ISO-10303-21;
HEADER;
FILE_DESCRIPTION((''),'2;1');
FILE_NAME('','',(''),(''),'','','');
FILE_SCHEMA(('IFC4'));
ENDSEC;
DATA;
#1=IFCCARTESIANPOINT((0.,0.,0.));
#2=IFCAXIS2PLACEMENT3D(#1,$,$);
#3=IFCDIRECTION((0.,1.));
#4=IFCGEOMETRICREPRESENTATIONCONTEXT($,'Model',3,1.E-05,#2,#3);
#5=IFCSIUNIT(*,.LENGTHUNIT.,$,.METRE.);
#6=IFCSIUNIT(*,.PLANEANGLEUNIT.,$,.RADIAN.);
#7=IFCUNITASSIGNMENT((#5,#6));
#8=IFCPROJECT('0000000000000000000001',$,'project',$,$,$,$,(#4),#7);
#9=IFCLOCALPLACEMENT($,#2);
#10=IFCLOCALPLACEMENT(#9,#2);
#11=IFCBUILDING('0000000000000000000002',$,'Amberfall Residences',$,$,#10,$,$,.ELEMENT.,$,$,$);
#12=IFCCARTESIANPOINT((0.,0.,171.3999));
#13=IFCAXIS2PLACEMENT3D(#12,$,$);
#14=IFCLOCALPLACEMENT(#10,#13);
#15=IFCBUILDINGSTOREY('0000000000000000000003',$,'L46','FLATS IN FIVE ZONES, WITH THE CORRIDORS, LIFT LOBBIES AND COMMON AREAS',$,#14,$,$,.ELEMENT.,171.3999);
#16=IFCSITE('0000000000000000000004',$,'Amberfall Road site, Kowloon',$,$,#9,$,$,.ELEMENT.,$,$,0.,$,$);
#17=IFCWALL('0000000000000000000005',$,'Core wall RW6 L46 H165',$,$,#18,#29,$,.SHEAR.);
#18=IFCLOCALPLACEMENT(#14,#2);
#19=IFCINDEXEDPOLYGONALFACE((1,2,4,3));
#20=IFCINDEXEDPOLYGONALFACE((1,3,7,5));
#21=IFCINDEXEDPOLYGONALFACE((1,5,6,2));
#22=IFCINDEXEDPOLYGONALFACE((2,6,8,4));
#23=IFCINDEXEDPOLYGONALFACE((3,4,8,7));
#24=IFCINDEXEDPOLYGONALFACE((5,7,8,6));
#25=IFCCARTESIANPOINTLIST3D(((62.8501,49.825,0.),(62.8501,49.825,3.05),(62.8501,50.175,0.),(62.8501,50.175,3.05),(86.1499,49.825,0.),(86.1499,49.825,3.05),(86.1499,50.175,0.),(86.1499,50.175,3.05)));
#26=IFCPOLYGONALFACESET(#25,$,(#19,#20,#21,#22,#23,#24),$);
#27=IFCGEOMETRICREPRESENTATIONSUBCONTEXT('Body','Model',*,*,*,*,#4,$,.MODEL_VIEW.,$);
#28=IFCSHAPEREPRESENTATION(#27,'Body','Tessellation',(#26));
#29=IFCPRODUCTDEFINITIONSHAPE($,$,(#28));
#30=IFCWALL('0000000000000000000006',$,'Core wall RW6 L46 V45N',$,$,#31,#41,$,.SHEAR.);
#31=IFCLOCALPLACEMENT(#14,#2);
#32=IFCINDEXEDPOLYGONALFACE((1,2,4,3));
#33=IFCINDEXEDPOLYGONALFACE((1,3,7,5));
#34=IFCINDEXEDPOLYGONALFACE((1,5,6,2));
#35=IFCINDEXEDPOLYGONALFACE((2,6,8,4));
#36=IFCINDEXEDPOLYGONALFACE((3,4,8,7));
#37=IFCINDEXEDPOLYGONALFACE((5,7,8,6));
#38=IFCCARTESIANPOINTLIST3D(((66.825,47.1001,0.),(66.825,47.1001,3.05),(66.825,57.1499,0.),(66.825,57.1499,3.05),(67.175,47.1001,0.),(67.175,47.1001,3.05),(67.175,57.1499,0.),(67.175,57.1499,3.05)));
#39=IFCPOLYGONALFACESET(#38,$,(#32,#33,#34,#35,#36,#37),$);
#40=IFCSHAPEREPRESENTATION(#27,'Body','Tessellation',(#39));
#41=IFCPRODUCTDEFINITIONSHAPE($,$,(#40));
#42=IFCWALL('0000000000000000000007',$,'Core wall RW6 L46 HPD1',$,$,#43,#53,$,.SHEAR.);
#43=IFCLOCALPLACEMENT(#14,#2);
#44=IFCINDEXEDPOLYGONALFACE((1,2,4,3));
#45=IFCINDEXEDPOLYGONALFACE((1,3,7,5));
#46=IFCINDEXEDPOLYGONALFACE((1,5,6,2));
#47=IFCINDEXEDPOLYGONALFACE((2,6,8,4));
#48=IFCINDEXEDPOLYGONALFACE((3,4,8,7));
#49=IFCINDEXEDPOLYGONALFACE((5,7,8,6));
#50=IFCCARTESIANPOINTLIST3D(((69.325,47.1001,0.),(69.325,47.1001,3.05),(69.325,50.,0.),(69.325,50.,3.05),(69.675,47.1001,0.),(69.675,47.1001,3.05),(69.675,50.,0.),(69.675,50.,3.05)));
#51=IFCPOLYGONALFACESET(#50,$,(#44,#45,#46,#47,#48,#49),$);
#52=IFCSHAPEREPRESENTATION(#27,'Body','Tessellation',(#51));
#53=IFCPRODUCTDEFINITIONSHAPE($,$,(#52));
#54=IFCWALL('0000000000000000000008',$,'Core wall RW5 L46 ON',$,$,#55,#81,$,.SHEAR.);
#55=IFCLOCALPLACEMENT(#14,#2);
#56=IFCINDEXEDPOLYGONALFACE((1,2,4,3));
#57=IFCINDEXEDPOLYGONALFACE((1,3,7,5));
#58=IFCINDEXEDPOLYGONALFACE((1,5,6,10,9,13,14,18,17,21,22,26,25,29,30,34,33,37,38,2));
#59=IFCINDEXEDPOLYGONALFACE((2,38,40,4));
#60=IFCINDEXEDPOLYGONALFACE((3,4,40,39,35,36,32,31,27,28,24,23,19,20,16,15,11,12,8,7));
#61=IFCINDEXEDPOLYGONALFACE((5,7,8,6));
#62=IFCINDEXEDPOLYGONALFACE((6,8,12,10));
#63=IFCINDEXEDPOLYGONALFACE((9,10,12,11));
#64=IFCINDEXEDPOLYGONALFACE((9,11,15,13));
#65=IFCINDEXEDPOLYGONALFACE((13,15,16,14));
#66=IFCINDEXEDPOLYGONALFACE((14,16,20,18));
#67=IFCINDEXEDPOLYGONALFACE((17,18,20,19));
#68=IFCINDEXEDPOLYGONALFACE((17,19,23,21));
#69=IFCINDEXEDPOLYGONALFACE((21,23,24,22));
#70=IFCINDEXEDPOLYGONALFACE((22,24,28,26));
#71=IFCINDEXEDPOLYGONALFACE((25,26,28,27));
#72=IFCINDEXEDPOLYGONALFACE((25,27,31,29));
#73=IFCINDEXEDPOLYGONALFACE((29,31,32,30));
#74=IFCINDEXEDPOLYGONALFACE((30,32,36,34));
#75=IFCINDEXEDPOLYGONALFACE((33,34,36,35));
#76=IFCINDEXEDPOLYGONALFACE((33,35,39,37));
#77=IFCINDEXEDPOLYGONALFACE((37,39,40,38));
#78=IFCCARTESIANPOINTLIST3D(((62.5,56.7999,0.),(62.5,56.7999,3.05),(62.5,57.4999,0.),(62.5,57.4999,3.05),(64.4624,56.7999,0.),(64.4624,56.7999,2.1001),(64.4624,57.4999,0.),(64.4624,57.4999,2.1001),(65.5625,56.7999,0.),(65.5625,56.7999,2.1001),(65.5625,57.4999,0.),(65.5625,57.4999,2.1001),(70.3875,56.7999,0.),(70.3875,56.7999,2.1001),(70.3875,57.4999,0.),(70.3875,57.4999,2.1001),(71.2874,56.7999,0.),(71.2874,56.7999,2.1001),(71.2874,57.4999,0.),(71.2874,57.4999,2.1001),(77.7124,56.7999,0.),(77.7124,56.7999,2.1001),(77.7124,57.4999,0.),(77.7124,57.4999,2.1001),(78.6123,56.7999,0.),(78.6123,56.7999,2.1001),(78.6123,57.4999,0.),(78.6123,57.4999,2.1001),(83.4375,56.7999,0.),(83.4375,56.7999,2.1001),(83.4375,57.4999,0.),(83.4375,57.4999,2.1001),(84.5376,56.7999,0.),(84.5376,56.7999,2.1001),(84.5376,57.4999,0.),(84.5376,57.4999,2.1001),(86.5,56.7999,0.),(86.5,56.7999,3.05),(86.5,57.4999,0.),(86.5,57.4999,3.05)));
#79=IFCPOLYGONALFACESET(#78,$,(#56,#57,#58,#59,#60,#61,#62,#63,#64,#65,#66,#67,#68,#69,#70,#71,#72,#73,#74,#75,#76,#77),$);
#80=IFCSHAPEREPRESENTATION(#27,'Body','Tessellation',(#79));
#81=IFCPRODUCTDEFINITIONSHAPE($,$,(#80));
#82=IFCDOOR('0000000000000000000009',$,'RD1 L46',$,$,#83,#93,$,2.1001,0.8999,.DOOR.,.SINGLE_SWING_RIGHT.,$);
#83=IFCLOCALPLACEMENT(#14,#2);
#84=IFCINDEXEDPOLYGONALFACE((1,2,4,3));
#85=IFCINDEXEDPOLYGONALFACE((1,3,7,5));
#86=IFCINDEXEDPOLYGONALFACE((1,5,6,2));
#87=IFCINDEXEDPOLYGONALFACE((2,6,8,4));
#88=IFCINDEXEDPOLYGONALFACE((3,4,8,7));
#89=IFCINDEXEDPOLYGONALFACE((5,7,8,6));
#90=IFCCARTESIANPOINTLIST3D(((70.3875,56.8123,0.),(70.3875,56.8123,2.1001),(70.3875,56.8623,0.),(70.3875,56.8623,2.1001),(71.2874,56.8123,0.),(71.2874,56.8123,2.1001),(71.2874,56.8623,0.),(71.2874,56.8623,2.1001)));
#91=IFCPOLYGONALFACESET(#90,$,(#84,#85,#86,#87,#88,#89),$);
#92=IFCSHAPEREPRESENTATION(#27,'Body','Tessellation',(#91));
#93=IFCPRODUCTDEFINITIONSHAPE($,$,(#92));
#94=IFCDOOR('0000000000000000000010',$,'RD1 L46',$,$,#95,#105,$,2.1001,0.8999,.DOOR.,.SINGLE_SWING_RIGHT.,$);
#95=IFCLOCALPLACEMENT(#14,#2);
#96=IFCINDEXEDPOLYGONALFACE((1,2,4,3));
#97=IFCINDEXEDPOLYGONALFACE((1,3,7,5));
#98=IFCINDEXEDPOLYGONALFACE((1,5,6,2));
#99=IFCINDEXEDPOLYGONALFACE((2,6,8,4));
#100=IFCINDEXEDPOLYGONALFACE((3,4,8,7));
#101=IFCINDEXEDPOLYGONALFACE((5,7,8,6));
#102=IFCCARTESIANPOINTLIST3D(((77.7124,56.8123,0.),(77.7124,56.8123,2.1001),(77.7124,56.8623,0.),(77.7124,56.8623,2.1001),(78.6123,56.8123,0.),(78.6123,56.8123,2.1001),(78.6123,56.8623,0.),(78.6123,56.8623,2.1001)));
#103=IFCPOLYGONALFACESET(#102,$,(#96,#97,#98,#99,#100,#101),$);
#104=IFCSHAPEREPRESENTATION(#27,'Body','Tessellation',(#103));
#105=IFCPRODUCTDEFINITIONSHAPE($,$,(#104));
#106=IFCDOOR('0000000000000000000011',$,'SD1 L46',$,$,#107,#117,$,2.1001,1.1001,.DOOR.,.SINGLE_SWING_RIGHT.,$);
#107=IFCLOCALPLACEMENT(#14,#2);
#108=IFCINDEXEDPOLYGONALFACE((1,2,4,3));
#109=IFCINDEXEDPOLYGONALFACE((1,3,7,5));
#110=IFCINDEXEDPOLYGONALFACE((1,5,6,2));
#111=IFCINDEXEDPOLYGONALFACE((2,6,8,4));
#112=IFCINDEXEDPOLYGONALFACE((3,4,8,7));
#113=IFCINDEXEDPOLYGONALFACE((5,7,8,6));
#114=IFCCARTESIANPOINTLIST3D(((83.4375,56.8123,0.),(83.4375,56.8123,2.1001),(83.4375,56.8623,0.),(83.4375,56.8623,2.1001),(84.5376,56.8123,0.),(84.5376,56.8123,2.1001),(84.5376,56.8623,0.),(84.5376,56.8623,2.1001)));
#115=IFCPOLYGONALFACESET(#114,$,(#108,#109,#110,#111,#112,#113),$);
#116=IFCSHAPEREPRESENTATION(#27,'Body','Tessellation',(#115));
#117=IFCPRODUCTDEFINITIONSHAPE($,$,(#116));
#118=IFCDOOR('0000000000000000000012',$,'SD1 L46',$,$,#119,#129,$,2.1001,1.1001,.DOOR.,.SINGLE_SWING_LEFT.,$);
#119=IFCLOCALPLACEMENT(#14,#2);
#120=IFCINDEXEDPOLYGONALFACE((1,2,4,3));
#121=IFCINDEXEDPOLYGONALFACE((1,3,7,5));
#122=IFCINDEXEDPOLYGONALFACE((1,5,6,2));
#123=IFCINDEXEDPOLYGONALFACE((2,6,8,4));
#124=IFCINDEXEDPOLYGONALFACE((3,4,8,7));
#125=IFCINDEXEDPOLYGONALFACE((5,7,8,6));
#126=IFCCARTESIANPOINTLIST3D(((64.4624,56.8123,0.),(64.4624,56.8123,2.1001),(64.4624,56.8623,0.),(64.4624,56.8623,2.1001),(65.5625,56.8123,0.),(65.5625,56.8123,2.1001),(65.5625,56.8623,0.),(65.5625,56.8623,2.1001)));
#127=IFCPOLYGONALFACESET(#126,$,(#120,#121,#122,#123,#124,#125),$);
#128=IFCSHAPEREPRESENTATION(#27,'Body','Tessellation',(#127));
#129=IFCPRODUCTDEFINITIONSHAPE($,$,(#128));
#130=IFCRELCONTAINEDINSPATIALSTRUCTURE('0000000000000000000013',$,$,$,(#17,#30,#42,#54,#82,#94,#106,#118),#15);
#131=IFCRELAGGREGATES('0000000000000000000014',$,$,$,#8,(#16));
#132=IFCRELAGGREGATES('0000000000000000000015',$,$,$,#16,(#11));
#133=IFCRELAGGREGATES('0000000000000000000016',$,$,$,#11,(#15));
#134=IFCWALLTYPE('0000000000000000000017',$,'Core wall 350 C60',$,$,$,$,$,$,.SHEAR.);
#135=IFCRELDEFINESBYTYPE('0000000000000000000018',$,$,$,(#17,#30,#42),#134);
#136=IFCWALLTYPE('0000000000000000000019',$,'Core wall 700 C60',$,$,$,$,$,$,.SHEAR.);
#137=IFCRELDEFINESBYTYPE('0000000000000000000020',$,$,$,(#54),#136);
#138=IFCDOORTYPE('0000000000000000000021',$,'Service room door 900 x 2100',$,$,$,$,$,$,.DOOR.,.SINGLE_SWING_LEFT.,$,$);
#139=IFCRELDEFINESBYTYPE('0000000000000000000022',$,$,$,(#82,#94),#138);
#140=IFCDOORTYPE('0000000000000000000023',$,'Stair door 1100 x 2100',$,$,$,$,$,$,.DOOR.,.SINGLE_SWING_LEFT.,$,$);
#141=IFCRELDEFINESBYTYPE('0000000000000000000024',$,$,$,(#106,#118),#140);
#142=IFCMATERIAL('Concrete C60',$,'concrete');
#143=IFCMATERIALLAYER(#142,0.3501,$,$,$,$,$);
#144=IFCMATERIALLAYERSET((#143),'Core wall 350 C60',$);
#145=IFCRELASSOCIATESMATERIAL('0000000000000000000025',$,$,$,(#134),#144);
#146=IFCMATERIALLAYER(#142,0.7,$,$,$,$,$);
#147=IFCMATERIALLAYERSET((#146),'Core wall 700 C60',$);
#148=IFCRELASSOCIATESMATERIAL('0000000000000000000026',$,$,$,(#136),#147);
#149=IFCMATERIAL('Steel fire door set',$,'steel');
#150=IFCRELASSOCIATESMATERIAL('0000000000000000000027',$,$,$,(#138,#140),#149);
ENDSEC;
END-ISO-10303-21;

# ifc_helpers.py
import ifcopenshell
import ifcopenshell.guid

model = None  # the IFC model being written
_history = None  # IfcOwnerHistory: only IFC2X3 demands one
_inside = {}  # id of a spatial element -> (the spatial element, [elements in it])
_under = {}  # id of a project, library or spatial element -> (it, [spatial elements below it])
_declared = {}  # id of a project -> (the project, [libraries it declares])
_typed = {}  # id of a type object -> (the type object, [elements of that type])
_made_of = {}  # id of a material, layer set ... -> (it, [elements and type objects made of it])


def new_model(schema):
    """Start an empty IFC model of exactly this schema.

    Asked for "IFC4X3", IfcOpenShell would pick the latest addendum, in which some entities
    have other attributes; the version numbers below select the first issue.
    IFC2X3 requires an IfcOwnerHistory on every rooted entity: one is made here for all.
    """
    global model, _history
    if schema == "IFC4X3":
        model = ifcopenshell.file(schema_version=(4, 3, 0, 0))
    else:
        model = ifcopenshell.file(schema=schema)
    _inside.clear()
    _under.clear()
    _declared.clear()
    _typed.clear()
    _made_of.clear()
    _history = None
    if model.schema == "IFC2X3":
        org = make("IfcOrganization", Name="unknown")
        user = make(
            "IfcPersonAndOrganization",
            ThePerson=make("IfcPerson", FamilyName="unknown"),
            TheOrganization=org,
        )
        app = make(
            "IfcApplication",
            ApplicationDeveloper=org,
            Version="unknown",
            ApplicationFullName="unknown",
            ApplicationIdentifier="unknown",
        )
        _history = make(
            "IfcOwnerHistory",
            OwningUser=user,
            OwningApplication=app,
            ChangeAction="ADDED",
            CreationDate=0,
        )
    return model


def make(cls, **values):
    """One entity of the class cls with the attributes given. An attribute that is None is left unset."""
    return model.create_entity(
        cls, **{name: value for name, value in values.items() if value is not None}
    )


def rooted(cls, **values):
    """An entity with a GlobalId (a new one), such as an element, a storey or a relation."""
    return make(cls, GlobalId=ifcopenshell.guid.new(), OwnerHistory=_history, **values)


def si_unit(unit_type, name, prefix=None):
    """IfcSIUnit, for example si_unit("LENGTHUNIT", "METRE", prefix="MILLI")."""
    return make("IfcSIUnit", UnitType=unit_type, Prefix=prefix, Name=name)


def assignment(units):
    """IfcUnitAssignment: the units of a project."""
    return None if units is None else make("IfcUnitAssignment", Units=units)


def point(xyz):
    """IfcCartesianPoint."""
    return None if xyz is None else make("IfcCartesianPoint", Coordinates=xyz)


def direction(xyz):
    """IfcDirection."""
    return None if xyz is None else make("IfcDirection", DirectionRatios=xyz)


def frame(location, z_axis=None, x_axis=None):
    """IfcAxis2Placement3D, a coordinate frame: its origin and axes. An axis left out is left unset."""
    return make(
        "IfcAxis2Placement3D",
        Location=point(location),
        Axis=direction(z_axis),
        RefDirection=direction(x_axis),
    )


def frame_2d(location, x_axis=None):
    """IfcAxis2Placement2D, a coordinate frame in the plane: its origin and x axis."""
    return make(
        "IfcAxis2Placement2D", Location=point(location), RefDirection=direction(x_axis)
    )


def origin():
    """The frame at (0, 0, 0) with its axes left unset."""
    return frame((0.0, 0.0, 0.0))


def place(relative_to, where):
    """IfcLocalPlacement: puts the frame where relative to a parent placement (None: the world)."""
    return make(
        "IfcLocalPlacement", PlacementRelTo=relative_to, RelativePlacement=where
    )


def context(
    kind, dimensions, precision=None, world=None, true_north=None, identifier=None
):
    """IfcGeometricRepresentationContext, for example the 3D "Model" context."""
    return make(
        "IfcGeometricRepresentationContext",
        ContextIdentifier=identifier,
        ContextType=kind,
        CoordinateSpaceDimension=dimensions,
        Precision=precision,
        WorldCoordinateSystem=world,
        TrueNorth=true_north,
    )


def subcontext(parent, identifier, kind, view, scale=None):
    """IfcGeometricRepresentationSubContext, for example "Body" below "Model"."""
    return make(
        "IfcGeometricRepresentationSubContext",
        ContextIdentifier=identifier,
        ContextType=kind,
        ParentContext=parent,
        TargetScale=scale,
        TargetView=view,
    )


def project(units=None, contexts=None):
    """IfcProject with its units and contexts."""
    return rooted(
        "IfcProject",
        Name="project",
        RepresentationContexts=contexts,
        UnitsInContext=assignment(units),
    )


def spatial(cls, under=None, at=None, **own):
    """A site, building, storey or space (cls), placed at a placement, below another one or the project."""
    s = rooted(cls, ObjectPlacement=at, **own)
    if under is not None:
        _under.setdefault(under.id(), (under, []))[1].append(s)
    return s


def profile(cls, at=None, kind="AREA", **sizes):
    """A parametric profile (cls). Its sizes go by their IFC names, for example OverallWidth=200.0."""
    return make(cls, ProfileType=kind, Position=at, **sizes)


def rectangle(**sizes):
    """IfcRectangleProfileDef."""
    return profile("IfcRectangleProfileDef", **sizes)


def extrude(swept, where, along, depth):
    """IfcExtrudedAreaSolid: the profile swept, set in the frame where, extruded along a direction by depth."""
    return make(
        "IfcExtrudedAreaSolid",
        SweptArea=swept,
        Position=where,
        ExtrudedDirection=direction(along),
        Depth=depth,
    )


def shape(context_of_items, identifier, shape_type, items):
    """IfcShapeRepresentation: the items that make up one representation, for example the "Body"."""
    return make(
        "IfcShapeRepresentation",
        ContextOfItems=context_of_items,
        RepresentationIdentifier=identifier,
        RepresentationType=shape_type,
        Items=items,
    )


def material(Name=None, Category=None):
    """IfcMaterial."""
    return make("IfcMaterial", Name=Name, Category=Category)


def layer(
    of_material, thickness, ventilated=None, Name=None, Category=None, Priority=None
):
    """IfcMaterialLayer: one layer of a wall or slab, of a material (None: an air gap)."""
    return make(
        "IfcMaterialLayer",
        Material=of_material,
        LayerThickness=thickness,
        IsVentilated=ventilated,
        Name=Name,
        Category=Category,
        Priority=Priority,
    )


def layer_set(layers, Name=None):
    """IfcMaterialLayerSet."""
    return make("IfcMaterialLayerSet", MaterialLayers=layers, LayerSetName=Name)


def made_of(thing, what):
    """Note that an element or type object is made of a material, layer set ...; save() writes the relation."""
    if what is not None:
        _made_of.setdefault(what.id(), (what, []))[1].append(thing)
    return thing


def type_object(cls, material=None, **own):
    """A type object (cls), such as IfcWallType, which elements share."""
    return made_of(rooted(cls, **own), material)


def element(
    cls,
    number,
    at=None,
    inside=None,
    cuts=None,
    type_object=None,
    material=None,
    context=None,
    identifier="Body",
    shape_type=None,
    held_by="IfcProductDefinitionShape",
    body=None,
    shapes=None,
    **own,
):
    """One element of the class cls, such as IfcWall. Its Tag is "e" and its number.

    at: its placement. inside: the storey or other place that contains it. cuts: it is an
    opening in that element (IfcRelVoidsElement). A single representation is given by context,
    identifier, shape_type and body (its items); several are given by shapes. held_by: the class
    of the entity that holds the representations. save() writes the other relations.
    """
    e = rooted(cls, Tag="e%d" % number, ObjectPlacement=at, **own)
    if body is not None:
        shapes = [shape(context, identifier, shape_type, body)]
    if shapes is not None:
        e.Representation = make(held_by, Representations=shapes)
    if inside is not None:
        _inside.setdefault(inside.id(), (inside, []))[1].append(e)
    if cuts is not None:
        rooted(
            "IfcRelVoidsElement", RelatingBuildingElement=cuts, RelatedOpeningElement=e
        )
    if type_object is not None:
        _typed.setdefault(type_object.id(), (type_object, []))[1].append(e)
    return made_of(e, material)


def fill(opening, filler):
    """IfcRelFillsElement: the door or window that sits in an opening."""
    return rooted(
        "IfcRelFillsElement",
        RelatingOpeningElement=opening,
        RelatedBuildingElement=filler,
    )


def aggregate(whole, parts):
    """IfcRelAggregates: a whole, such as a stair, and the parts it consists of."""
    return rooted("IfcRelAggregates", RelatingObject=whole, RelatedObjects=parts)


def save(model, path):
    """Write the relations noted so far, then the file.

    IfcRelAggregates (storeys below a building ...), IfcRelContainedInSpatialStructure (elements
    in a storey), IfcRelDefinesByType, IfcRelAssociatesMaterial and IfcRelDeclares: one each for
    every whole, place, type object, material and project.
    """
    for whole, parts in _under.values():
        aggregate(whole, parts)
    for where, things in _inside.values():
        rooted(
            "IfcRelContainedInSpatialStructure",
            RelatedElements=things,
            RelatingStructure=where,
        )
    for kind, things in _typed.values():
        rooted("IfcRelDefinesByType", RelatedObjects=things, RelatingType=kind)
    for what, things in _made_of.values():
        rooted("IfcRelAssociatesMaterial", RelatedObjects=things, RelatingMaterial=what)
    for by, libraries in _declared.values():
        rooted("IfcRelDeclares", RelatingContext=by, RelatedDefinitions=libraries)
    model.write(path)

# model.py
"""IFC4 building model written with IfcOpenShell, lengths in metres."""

from ifc_helpers import new_model, si_unit, direction, frame, frame_2d, origin, place, context, subcontext, project, spatial, rectangle, extrude, material, layer, layer_set, type_object, element, fill, save


model = new_model("IFC4")

# Units and contexts
model_context = context("Model", 3, precision=1e-05, world=origin(), true_north=direction((0.0, 1.0)))
body_context = subcontext(model_context, "Body", "Model", "MODEL_VIEW")
ifc_project = project(units=[si_unit("LENGTHUNIT", "METRE"), si_unit("PLANEANGLEUNIT", "RADIAN")], contexts=[model_context])

# Site, building, storey
site_placement = place(None, origin())
site = spatial("IfcSite", under=ifc_project, at=site_placement, Name="Amberfall Road site, Kowloon", CompositionType="ELEMENT", RefElevation=0.0)
building_placement = place(site_placement, origin())
building = spatial("IfcBuilding", under=site, at=building_placement, Name="Amberfall Residences", CompositionType="ELEMENT")
storey_placement = place(building_placement, frame((0.0, 0.0, 171.3999)))
storey = spatial("IfcBuildingStorey", under=building, at=storey_placement, Name="L46", Description="FLATS IN FIVE ZONES, WITH THE CORRIDORS, LIFT LOBBIES AND COMMON AREAS", CompositionType="ELEMENT", Elevation=171.3999)

# Walls
ifc_material_1 = material(Name="Concrete C60", Category="concrete")
ifc_layer_1 = layer(ifc_material_1, 0.3501)
ifc_layer_set_1 = layer_set([ifc_layer_1], Name="Core wall 350 C60")
wall_type_1 = type_object("IfcWallType", Name="Core wall 350 C60", PredefinedType="SHEAR", material=ifc_layer_set_1)
wall_1_placement = place(storey_placement, frame((62.8501, 50.0, 0.0), z_axis=(0.0, 0.0, 1.0), x_axis=(1.0, 0.0, 0.0)))
element("IfcWall", 1, at=wall_1_placement, inside=storey, type_object=wall_type_1, Name="Core wall RW6 L46 H165", PredefinedType="SHEAR", context=body_context, shape_type="SweptSolid", body=[
    extrude(rectangle(XDim=23.2998, YDim=0.3501, at=frame_2d((11.6499, 0.0))), origin(), (0.0, 0.0, 1.0), 3.05),
])
wall_2_placement = place(storey_placement, frame((67.0, 47.1001, 0.0), z_axis=(0.0, 0.0, 1.0), x_axis=(0.0, 1.0, 0.0)))
element("IfcWall", 2, at=wall_2_placement, inside=storey, type_object=wall_type_1, Name="Core wall RW6 L46 V45N", PredefinedType="SHEAR", context=body_context, shape_type="SweptSolid", body=[
    extrude(rectangle(XDim=10.0498, YDim=0.3501, at=frame_2d((5.0249, 0.0))), origin(), (0.0, 0.0, 1.0), 3.05),
])
wall_3_placement = place(storey_placement, frame((69.5, 47.1001, 0.0), z_axis=(0.0, 0.0, 1.0), x_axis=(0.0, 1.0, 0.0)))
element("IfcWall", 3, at=wall_3_placement, inside=storey, type_object=wall_type_1, Name="Core wall RW6 L46 HPD1", PredefinedType="SHEAR", context=body_context, shape_type="SweptSolid", body=[
    extrude(rectangle(XDim=2.8999, YDim=0.3501, at=frame_2d((1.45, 0.0))), origin(), (0.0, 0.0, 1.0), 3.05),
])

# Wall, openings, doors
ifc_layer_2 = layer(ifc_material_1, 0.7)
ifc_layer_set_2 = layer_set([ifc_layer_2], Name="Core wall 700 C60")
wall_type_2 = type_object("IfcWallType", Name="Core wall 700 C60", PredefinedType="SHEAR", material=ifc_layer_set_2)
wall_4_placement = place(storey_placement, frame((62.5, 57.1499, 0.0), z_axis=(0.0, 0.0, 1.0), x_axis=(1.0, 0.0, 0.0)))
wall_4 = element("IfcWall", 4, at=wall_4_placement, inside=storey, type_object=wall_type_2, Name="Core wall RW5 L46 ON", PredefinedType="SHEAR", context=body_context, shape_type="SweptSolid", body=[
    extrude(rectangle(XDim=24.0, YDim=0.7, at=frame_2d((12.0, 0.0))), origin(), (0.0, 0.0, 1.0), 3.05),
])
opening_1_placement = place(wall_4_placement, frame((20.9375, 0.0, 0.0)))
opening_1 = element("IfcOpeningElement", 5, at=opening_1_placement, cuts=wall_4, PredefinedType="OPENING", context=body_context, shape_type="SweptSolid", body=[
    extrude(rectangle(XDim=1.1001, YDim=2.1001, at=frame_2d((0.55, 1.05))), frame((0.0, 0.3599, 0.0), z_axis=(0.0, -1.0, 0.0), x_axis=(1.0, 0.0, 0.0)), (0.0, 0.0, 1.0), 0.72),
])
opening_2_placement = place(wall_4_placement, frame((1.9624, 0.0, 0.0)))
opening_2 = element("IfcOpeningElement", 6, at=opening_2_placement, cuts=wall_4, PredefinedType="OPENING", context=body_context, shape_type="SweptSolid", body=[
    extrude(rectangle(XDim=1.1001, YDim=2.1001, at=frame_2d((0.55, 1.05))), frame((0.0, 0.3599, 0.0), z_axis=(0.0, -1.0, 0.0), x_axis=(1.0, 0.0, 0.0)), (0.0, 0.0, 1.0), 0.72),
])
opening_3_placement = place(wall_4_placement, frame((7.8875, 0.0, 0.0)))
opening_3 = element("IfcOpeningElement", 7, at=opening_3_placement, cuts=wall_4, PredefinedType="OPENING", context=body_context, shape_type="SweptSolid", body=[
    extrude(rectangle(XDim=0.8999, YDim=2.1001, at=frame_2d((0.45, 1.05))), frame((0.0, 0.3599, 0.0), z_axis=(0.0, -1.0, 0.0), x_axis=(1.0, 0.0, 0.0)), (0.0, 0.0, 1.0), 0.72),
])
opening_4_placement = place(wall_4_placement, frame((15.2124, 0.0, 0.0)))
opening_4 = element("IfcOpeningElement", 8, at=opening_4_placement, cuts=wall_4, PredefinedType="OPENING", context=body_context, shape_type="SweptSolid", body=[
    extrude(rectangle(XDim=0.8999, YDim=2.1001, at=frame_2d((0.45, 1.05))), frame((0.0, 0.3599, 0.0), z_axis=(0.0, -1.0, 0.0), x_axis=(1.0, 0.0, 0.0)), (0.0, 0.0, 1.0), 0.72),
])
ifc_material_2 = material(Name="Steel fire door set", Category="steel")
door_type_1 = type_object("IfcDoorType", Name="Service room door 900 x 2100", OperationType="SINGLE_SWING_LEFT", PredefinedType="DOOR", material=ifc_material_2)
door_1_placement = place(opening_3_placement, origin())
door_1 = element("IfcDoor", 9, at=door_1_placement, inside=storey, type_object=door_type_1, Name="RD1 L46", OperationType="SINGLE_SWING_RIGHT", OverallHeight=2.1001, OverallWidth=0.8999, PredefinedType="DOOR", context=body_context, shape_type="SweptSolid", body=[
    extrude(rectangle(XDim=0.8999, YDim=2.1001, at=frame_2d((0.45, 1.05))), frame((0.0, -0.2876, 0.0), z_axis=(0.0, -1.0, 0.0), x_axis=(1.0, 0.0, 0.0)), (0.0, 0.0, 1.0), 0.05),
])
fill(opening_3, door_1)
door_2_placement = place(opening_4_placement, origin())
door_2 = element("IfcDoor", 10, at=door_2_placement, inside=storey, type_object=door_type_1, Name="RD1 L46", OperationType="SINGLE_SWING_RIGHT", OverallHeight=2.1001, OverallWidth=0.8999, PredefinedType="DOOR", context=body_context, shape_type="SweptSolid", body=[
    extrude(rectangle(XDim=0.8999, YDim=2.1001, at=frame_2d((0.45, 1.05))), frame((0.0, -0.2876, 0.0), z_axis=(0.0, -1.0, 0.0), x_axis=(1.0, 0.0, 0.0)), (0.0, 0.0, 1.0), 0.05),
])
fill(opening_4, door_2)
door_type_2 = type_object("IfcDoorType", Name="Stair door 1100 x 2100", OperationType="SINGLE_SWING_LEFT", PredefinedType="DOOR", material=ifc_material_2)
door_3_placement = place(opening_1_placement, origin())
door_3 = element("IfcDoor", 11, at=door_3_placement, inside=storey, type_object=door_type_2, Name="SD1 L46", OperationType="SINGLE_SWING_RIGHT", OverallHeight=2.1001, OverallWidth=1.1001, PredefinedType="DOOR", context=body_context, shape_type="SweptSolid", body=[
    extrude(rectangle(XDim=1.1001, YDim=2.1001, at=frame_2d((0.55, 1.05))), frame((0.0, -0.2876, 0.0), z_axis=(0.0, -1.0, 0.0), x_axis=(1.0, 0.0, 0.0)), (0.0, 0.0, 1.0), 0.05),
])
fill(opening_1, door_3)
door_4_placement = place(opening_2_placement, origin())
door_4 = element("IfcDoor", 12, at=door_4_placement, inside=storey, type_object=door_type_2, Name="SD1 L46", OperationType="SINGLE_SWING_LEFT", OverallHeight=2.1001, OverallWidth=1.1001, PredefinedType="DOOR", context=body_context, shape_type="SweptSolid", body=[
    extrude(rectangle(XDim=1.1001, YDim=2.1001, at=frame_2d((0.55, 1.05))), frame((0.0, -0.2876, 0.0), z_axis=(0.0, -1.0, 0.0), x_axis=(1.0, 0.0, 0.0)), (0.0, 0.0, 1.0), 0.05),
])
fill(opening_2, door_4)

save(model, "model.ifc")
